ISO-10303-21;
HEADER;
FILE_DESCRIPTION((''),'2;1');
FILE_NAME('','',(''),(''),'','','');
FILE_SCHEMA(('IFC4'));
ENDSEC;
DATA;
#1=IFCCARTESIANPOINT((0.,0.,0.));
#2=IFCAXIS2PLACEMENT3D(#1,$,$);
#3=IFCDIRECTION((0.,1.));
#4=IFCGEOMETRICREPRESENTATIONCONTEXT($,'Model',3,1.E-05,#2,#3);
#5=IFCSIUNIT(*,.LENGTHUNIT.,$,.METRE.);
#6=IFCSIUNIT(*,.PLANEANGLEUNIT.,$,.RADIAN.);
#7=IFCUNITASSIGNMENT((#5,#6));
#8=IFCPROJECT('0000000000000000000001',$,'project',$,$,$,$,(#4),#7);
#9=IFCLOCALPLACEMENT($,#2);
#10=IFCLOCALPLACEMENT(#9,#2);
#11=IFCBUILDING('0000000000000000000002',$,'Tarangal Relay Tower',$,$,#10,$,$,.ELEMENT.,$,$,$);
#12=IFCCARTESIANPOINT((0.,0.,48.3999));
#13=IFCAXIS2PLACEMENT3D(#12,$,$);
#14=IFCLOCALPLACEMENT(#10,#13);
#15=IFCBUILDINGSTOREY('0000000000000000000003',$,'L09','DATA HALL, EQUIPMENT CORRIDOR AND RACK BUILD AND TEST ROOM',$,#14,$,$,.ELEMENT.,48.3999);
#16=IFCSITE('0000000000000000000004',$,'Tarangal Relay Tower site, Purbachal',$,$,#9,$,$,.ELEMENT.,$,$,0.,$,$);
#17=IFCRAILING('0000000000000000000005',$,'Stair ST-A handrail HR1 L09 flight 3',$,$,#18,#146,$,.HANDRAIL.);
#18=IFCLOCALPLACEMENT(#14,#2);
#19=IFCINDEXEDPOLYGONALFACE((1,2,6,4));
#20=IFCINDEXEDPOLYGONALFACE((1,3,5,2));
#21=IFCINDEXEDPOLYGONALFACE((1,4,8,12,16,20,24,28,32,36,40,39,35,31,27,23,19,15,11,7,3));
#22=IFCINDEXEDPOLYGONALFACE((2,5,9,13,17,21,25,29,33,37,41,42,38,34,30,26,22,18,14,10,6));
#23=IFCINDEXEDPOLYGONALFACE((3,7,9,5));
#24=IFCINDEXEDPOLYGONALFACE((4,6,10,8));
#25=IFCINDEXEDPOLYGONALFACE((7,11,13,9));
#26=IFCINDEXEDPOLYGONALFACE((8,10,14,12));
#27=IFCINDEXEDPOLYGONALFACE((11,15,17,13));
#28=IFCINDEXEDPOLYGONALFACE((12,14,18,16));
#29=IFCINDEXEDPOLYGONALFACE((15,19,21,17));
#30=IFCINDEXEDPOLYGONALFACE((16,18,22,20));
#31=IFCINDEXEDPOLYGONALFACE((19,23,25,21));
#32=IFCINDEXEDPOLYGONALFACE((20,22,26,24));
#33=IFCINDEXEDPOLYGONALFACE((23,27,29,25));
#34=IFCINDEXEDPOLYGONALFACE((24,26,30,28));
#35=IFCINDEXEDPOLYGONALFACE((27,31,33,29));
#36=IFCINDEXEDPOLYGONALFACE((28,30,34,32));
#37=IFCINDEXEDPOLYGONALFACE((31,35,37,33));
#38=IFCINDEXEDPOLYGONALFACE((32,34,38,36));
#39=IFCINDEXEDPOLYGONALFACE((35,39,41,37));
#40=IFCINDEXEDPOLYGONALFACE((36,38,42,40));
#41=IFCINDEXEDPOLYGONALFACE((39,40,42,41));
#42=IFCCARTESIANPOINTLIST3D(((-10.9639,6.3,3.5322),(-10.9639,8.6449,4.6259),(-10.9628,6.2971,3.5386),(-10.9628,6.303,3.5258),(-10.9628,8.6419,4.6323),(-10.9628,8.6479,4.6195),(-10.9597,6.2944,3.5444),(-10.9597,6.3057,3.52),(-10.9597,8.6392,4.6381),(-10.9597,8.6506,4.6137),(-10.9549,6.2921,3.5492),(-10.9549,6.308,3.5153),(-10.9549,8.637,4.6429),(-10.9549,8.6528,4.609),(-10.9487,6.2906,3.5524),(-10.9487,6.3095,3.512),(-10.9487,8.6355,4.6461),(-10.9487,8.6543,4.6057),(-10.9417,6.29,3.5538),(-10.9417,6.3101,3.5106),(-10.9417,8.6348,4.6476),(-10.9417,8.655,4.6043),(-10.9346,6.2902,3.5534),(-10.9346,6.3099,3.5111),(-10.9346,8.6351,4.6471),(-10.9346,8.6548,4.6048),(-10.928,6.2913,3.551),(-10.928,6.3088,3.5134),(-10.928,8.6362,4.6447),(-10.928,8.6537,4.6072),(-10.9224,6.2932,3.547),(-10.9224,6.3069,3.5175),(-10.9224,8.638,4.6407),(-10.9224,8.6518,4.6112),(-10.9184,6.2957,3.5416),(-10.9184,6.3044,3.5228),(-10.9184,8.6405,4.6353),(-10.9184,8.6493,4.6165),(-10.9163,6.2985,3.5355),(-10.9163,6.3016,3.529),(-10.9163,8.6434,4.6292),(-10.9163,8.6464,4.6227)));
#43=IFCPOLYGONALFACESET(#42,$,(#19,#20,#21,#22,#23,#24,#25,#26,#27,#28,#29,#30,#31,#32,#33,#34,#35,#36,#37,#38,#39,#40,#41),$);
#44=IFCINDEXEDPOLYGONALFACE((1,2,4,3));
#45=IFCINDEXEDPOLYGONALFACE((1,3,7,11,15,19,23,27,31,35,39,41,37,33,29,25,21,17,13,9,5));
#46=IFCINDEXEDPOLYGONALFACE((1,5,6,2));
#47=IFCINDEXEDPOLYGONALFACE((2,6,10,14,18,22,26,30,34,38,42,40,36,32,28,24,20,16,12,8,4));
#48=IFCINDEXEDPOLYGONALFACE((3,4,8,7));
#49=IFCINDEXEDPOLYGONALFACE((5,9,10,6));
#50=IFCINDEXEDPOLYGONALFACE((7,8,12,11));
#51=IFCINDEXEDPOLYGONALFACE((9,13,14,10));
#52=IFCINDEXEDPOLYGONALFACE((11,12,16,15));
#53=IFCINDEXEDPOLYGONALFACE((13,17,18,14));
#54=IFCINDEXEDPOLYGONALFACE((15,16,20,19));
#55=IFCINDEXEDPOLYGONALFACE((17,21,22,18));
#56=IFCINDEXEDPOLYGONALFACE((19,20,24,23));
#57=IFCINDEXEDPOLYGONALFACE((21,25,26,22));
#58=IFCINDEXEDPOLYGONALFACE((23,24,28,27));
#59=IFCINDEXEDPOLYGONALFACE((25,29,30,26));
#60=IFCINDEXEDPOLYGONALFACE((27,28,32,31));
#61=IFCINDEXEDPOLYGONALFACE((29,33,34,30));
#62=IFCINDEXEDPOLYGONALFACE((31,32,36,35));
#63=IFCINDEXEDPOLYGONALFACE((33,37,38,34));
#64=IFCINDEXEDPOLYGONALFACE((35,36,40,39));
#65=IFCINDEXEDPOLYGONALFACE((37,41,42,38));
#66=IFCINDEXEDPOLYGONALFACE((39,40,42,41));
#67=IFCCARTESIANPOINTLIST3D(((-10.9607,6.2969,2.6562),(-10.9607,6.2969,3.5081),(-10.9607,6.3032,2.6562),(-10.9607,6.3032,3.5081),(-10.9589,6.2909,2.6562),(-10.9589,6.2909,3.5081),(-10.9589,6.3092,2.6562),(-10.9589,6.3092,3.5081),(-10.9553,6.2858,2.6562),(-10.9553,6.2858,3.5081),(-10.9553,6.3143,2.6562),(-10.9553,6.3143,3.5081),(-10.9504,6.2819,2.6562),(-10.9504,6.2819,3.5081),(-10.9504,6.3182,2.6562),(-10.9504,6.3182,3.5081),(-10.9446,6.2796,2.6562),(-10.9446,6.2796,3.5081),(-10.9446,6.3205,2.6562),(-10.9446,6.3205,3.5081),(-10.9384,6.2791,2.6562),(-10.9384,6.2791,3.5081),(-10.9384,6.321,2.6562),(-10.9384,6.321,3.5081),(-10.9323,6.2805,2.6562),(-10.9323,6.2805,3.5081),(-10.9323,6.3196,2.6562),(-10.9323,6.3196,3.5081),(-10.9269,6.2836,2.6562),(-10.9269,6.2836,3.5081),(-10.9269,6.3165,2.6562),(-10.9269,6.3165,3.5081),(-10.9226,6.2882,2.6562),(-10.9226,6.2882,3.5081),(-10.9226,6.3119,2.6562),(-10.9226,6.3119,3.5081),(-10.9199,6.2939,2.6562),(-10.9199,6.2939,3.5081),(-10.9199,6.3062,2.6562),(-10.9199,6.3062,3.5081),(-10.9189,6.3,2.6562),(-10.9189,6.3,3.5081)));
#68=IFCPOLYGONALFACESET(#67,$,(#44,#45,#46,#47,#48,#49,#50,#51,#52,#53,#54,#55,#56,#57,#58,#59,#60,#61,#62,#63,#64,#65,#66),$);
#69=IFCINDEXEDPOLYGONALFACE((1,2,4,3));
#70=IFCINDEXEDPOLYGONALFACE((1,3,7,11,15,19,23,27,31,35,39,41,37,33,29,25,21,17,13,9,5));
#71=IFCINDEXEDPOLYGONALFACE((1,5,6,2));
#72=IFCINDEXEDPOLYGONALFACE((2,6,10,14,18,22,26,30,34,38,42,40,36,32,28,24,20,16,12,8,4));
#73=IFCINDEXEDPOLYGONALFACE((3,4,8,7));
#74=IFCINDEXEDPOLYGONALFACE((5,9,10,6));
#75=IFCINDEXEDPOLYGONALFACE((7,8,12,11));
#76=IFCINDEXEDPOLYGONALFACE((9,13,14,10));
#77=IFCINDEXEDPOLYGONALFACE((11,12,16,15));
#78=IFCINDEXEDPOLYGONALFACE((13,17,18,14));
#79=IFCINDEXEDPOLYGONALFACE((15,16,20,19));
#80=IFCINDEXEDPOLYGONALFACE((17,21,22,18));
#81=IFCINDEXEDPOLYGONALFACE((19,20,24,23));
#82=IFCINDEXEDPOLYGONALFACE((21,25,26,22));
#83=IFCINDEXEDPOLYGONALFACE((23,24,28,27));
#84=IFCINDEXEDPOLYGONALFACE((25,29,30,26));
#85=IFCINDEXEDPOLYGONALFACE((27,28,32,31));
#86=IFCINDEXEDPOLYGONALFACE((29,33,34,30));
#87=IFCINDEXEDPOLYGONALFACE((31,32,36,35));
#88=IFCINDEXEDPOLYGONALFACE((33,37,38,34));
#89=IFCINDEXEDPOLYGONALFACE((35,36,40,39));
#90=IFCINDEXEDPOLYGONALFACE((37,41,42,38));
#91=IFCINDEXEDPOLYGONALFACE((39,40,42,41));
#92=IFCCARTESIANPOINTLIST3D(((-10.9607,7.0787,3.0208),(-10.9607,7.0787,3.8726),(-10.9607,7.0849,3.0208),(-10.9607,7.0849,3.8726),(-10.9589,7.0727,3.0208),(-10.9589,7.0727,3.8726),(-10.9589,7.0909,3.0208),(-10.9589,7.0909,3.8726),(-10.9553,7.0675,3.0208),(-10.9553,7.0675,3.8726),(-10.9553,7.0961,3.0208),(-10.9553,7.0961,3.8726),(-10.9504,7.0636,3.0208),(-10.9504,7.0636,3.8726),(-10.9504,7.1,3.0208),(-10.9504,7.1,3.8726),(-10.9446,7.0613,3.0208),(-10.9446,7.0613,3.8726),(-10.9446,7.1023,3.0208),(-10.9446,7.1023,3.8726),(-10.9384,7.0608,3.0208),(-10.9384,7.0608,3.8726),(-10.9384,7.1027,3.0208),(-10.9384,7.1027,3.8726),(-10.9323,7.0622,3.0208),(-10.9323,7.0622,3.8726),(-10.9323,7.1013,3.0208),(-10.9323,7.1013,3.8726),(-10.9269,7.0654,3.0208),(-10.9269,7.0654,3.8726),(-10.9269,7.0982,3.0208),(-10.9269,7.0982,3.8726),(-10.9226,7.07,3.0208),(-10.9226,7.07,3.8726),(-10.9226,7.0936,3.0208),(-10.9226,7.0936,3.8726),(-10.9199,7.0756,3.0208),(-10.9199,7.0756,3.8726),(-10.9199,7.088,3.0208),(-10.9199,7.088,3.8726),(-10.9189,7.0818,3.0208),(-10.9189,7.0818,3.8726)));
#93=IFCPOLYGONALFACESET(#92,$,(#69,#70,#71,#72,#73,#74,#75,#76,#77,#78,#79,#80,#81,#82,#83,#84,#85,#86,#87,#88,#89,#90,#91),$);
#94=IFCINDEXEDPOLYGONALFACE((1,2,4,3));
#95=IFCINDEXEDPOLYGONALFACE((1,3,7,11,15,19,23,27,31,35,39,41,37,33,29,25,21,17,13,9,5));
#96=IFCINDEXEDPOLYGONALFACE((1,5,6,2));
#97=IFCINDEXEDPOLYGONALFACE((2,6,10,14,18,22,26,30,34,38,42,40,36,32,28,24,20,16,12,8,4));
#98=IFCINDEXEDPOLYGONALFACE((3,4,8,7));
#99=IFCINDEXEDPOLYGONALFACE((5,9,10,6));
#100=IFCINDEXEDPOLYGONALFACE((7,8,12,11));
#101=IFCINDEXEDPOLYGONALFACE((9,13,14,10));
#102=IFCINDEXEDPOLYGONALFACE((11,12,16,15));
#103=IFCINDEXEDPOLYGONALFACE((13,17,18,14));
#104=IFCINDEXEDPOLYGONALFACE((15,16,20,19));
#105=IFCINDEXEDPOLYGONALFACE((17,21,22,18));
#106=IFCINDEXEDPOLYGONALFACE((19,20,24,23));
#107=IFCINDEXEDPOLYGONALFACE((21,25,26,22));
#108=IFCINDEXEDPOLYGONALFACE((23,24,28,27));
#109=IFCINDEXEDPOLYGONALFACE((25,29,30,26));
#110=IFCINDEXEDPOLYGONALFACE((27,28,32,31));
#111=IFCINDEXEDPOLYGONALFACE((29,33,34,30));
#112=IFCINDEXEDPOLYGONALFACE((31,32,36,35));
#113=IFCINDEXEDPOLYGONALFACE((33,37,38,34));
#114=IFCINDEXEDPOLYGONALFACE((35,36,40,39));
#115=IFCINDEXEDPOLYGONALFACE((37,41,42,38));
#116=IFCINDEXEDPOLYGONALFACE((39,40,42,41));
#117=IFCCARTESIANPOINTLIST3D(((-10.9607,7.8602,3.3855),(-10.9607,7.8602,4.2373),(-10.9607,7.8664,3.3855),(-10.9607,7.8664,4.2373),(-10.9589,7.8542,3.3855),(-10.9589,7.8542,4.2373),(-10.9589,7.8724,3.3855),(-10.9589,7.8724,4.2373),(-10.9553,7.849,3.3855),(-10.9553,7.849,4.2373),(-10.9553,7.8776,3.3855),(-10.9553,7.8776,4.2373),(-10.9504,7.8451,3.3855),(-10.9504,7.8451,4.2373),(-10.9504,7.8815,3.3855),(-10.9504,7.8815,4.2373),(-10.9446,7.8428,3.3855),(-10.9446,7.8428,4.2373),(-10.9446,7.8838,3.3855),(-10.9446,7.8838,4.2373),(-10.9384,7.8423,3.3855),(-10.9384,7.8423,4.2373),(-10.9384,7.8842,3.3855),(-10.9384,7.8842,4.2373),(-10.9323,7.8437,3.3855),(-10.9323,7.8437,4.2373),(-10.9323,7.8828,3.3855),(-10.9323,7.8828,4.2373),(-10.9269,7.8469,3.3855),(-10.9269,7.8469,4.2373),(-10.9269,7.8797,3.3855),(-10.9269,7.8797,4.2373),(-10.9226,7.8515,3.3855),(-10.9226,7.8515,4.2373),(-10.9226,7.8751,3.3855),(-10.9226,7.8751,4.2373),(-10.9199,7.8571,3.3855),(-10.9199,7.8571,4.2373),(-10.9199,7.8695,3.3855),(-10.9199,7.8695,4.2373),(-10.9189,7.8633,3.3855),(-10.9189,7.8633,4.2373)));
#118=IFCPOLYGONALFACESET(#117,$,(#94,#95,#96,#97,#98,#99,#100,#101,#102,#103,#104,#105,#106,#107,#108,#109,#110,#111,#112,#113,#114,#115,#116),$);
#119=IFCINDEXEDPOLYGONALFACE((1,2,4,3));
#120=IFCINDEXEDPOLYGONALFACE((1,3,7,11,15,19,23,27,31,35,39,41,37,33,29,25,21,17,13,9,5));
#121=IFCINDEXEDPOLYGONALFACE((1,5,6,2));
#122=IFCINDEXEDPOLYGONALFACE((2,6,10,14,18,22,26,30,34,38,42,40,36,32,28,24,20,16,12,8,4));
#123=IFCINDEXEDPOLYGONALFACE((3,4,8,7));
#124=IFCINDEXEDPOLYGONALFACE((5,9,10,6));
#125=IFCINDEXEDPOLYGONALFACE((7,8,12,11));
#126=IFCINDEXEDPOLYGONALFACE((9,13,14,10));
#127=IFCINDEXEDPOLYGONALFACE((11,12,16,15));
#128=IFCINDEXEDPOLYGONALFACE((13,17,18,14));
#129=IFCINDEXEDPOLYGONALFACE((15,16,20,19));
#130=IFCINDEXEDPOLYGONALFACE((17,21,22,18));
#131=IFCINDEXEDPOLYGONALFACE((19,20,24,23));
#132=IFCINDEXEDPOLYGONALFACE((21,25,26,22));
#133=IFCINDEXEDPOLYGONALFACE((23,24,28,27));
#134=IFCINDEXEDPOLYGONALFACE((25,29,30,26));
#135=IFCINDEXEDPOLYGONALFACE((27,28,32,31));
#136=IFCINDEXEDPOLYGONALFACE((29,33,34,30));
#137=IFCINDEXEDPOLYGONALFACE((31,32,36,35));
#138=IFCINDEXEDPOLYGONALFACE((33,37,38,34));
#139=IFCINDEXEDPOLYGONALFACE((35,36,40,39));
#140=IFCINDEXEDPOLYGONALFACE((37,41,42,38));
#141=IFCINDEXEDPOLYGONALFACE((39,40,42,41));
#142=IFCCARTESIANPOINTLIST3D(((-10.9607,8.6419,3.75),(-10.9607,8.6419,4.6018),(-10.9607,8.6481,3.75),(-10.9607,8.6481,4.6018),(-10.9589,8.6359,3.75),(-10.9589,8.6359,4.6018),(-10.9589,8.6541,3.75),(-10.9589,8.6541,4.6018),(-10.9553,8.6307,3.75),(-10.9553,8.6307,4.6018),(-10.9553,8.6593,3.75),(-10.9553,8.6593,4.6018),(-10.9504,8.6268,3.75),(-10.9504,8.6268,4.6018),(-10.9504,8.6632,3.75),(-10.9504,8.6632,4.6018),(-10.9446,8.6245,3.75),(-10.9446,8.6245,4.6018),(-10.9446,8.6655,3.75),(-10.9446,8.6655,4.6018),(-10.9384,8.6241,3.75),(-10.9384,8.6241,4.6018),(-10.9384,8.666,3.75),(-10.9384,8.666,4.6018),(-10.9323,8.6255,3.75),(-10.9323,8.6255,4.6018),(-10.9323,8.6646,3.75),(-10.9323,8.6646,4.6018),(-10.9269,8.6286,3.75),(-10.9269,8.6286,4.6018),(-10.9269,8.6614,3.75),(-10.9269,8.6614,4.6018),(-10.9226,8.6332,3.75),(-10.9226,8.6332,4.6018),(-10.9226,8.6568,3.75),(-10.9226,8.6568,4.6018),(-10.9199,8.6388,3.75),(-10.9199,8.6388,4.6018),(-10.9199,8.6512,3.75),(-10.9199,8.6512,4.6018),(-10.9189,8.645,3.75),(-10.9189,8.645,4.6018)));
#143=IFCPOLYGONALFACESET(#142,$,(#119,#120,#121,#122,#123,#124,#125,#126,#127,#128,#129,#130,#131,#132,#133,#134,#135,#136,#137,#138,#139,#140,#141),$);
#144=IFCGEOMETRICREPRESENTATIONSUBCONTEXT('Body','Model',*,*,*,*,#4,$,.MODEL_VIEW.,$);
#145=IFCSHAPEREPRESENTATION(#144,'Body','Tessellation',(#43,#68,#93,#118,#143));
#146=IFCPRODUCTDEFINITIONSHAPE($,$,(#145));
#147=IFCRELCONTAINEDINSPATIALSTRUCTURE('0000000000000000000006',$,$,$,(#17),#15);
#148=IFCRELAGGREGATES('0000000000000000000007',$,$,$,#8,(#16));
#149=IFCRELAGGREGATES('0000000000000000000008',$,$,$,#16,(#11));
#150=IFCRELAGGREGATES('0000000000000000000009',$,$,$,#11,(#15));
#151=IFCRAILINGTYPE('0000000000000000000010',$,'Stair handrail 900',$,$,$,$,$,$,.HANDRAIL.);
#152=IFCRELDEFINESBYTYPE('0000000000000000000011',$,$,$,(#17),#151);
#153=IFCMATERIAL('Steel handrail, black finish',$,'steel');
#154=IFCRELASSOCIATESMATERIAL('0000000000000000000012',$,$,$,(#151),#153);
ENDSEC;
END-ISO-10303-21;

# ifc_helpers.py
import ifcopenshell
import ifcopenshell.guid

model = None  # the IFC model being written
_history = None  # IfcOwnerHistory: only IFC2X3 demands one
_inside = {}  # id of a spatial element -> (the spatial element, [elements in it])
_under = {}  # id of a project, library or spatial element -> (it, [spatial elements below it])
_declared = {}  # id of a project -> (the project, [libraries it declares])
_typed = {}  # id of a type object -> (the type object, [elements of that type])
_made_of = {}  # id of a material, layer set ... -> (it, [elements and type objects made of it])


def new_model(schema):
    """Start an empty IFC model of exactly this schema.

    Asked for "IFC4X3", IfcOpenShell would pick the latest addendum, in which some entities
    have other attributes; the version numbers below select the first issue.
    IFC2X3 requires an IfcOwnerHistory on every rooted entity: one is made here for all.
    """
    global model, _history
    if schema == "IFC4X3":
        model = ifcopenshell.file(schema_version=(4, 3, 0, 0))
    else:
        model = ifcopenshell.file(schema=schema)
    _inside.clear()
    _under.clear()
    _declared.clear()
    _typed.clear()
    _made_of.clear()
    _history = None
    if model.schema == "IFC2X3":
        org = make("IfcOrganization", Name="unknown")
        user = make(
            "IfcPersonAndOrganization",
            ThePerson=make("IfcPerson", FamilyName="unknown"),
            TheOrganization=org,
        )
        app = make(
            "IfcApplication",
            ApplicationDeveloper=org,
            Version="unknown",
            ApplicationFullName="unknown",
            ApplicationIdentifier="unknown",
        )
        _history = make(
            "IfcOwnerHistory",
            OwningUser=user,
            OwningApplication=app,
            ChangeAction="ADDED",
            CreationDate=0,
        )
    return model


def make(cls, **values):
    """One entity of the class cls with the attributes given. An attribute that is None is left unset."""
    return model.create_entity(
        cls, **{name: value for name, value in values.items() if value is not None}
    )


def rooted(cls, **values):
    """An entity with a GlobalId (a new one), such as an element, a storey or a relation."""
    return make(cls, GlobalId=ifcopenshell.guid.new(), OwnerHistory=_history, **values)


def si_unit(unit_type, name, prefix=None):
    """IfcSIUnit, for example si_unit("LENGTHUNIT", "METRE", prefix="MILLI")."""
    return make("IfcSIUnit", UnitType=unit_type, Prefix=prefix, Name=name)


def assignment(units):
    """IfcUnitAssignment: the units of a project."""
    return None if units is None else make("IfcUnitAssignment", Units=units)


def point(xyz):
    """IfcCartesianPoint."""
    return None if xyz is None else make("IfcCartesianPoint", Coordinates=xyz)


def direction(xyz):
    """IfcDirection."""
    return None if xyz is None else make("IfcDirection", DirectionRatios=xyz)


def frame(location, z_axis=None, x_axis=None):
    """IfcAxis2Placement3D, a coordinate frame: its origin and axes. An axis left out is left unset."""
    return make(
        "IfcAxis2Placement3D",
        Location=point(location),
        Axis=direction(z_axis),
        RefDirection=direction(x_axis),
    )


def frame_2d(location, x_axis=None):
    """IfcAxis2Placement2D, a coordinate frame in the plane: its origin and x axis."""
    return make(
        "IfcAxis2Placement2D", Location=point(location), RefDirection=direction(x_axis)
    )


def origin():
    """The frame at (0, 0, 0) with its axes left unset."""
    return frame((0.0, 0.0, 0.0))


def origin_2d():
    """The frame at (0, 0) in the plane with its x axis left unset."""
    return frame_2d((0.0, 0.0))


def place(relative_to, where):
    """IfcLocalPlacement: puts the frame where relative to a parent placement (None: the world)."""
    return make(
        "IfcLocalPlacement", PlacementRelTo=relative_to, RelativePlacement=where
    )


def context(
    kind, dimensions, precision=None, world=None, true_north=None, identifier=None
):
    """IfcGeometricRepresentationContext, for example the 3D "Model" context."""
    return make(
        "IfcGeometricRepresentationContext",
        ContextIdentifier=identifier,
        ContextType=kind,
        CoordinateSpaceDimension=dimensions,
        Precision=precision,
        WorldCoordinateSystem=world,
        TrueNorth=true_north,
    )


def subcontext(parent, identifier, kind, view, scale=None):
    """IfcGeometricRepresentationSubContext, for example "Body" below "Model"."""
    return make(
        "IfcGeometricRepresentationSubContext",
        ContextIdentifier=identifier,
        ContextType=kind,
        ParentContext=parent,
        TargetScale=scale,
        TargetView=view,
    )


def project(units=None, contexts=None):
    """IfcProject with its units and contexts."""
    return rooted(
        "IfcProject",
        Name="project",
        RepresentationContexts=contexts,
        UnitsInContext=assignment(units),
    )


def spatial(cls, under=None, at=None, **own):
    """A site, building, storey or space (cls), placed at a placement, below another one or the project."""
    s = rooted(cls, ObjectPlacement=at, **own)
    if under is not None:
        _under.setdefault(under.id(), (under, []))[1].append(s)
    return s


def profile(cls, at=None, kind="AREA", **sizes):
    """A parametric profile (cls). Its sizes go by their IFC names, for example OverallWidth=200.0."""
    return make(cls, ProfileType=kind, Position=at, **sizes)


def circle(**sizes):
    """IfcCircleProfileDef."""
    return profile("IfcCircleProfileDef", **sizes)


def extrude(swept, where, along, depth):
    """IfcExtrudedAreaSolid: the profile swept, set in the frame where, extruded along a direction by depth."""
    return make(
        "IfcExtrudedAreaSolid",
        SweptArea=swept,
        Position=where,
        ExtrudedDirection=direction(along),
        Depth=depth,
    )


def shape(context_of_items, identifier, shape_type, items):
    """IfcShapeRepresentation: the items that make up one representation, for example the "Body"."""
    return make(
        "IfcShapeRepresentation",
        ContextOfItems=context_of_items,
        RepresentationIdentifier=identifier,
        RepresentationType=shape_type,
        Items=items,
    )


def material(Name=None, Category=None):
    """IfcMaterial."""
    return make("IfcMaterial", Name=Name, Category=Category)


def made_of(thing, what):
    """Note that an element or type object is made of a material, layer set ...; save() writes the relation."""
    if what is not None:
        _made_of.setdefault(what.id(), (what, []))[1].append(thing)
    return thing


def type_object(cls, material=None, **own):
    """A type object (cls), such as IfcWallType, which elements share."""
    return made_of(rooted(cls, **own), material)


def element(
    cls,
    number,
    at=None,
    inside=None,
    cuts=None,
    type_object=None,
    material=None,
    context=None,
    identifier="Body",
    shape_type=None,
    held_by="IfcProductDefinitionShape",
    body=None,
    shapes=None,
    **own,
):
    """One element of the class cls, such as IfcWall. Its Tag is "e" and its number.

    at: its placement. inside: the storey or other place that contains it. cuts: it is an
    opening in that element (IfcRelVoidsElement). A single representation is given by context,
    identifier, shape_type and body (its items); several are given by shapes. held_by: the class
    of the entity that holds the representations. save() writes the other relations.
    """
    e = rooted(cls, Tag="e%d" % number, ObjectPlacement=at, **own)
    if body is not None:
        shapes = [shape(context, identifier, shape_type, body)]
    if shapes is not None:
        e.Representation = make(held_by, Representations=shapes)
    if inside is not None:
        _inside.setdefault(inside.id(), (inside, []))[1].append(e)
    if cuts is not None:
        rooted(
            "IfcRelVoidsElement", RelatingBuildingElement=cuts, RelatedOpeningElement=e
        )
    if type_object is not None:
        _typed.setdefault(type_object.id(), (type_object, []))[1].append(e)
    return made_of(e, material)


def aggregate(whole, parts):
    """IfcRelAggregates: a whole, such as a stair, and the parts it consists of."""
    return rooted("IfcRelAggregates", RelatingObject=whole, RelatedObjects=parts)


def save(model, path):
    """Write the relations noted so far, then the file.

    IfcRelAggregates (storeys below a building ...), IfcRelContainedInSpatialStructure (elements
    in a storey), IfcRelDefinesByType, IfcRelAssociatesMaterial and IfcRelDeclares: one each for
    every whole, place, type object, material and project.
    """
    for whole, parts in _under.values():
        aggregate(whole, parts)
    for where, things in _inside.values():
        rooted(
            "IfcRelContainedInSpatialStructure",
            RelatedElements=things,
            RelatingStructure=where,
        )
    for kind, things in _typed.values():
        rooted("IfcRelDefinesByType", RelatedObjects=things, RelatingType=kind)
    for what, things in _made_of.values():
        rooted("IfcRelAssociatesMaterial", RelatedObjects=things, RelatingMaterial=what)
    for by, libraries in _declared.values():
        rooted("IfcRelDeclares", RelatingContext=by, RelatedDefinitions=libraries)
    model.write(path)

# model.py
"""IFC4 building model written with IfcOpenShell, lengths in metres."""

from ifc_helpers import new_model, si_unit, direction, frame, origin, origin_2d, place, context, subcontext, project, spatial, circle, extrude, material, type_object, element, save


model = new_model("IFC4")

# Units and contexts
model_context = context("Model", 3, precision=1e-05, world=origin(), true_north=direction((0.0, 1.0)))
body_context = subcontext(model_context, "Body", "Model", "MODEL_VIEW")
ifc_project = project(units=[si_unit("LENGTHUNIT", "METRE"), si_unit("PLANEANGLEUNIT", "RADIAN")], contexts=[model_context])

# Site, building, storey
site_placement = place(None, origin())
site = spatial("IfcSite", under=ifc_project, at=site_placement, Name="Tarangal Relay Tower site, Purbachal", CompositionType="ELEMENT", RefElevation=0.0)
building_placement = place(site_placement, origin())
building = spatial("IfcBuilding", under=site, at=building_placement, Name="Tarangal Relay Tower", CompositionType="ELEMENT")
storey_placement = place(building_placement, frame((0.0, 0.0, 48.3999)))
storey = spatial("IfcBuildingStorey", under=building, at=storey_placement, Name="L09", Description="DATA HALL, EQUIPMENT CORRIDOR AND RACK BUILD AND TEST ROOM", CompositionType="ELEMENT", Elevation=48.3999)

# Railing
ifc_material_1 = material(Name="Steel handrail, black finish", Category="steel")
railing_type = type_object("IfcRailingType", Name="Stair handrail 900", PredefinedType="HANDRAIL", material=ifc_material_1)
for number, where, name in (
    (1, (-10.9399, 6.3, 2.6562), "Stair ST-A handrail HR1 L09 flight 3"),
):
    element("IfcRailing", number, at=place(storey_placement, frame(where)), inside=storey, type_object=railing_type, Name=name, PredefinedType="HANDRAIL", context=body_context, shape_type="SweptSolid", body=[
        extrude(circle(Radius=0.0239, at=origin_2d()), frame((0.0, 0.0, 0.876), z_axis=(0.0, 0.906267, 0.422705), x_axis=(-1.0, 0.0, 0.0)), (0.0, 0.0, 1.0), 2.5874),
        extrude(circle(Radius=0.021, at=origin_2d()), origin(), (0.0, 0.0, 1.0), 0.8518),
        extrude(circle(Radius=0.021, at=origin_2d()), frame((0.0, 0.7817, 0.3645)), (0.0, 0.0, 1.0), 0.8518),
        extrude(circle(Radius=0.021, at=origin_2d()), frame((0.0, 1.5632, 0.7292)), (0.0, 0.0, 1.0), 0.8518),
        extrude(circle(Radius=0.021, at=origin_2d()), frame((0.0, 2.345, 1.0938)), (0.0, 0.0, 1.0), 0.8518),
    ])

save(model, "model.ifc")
